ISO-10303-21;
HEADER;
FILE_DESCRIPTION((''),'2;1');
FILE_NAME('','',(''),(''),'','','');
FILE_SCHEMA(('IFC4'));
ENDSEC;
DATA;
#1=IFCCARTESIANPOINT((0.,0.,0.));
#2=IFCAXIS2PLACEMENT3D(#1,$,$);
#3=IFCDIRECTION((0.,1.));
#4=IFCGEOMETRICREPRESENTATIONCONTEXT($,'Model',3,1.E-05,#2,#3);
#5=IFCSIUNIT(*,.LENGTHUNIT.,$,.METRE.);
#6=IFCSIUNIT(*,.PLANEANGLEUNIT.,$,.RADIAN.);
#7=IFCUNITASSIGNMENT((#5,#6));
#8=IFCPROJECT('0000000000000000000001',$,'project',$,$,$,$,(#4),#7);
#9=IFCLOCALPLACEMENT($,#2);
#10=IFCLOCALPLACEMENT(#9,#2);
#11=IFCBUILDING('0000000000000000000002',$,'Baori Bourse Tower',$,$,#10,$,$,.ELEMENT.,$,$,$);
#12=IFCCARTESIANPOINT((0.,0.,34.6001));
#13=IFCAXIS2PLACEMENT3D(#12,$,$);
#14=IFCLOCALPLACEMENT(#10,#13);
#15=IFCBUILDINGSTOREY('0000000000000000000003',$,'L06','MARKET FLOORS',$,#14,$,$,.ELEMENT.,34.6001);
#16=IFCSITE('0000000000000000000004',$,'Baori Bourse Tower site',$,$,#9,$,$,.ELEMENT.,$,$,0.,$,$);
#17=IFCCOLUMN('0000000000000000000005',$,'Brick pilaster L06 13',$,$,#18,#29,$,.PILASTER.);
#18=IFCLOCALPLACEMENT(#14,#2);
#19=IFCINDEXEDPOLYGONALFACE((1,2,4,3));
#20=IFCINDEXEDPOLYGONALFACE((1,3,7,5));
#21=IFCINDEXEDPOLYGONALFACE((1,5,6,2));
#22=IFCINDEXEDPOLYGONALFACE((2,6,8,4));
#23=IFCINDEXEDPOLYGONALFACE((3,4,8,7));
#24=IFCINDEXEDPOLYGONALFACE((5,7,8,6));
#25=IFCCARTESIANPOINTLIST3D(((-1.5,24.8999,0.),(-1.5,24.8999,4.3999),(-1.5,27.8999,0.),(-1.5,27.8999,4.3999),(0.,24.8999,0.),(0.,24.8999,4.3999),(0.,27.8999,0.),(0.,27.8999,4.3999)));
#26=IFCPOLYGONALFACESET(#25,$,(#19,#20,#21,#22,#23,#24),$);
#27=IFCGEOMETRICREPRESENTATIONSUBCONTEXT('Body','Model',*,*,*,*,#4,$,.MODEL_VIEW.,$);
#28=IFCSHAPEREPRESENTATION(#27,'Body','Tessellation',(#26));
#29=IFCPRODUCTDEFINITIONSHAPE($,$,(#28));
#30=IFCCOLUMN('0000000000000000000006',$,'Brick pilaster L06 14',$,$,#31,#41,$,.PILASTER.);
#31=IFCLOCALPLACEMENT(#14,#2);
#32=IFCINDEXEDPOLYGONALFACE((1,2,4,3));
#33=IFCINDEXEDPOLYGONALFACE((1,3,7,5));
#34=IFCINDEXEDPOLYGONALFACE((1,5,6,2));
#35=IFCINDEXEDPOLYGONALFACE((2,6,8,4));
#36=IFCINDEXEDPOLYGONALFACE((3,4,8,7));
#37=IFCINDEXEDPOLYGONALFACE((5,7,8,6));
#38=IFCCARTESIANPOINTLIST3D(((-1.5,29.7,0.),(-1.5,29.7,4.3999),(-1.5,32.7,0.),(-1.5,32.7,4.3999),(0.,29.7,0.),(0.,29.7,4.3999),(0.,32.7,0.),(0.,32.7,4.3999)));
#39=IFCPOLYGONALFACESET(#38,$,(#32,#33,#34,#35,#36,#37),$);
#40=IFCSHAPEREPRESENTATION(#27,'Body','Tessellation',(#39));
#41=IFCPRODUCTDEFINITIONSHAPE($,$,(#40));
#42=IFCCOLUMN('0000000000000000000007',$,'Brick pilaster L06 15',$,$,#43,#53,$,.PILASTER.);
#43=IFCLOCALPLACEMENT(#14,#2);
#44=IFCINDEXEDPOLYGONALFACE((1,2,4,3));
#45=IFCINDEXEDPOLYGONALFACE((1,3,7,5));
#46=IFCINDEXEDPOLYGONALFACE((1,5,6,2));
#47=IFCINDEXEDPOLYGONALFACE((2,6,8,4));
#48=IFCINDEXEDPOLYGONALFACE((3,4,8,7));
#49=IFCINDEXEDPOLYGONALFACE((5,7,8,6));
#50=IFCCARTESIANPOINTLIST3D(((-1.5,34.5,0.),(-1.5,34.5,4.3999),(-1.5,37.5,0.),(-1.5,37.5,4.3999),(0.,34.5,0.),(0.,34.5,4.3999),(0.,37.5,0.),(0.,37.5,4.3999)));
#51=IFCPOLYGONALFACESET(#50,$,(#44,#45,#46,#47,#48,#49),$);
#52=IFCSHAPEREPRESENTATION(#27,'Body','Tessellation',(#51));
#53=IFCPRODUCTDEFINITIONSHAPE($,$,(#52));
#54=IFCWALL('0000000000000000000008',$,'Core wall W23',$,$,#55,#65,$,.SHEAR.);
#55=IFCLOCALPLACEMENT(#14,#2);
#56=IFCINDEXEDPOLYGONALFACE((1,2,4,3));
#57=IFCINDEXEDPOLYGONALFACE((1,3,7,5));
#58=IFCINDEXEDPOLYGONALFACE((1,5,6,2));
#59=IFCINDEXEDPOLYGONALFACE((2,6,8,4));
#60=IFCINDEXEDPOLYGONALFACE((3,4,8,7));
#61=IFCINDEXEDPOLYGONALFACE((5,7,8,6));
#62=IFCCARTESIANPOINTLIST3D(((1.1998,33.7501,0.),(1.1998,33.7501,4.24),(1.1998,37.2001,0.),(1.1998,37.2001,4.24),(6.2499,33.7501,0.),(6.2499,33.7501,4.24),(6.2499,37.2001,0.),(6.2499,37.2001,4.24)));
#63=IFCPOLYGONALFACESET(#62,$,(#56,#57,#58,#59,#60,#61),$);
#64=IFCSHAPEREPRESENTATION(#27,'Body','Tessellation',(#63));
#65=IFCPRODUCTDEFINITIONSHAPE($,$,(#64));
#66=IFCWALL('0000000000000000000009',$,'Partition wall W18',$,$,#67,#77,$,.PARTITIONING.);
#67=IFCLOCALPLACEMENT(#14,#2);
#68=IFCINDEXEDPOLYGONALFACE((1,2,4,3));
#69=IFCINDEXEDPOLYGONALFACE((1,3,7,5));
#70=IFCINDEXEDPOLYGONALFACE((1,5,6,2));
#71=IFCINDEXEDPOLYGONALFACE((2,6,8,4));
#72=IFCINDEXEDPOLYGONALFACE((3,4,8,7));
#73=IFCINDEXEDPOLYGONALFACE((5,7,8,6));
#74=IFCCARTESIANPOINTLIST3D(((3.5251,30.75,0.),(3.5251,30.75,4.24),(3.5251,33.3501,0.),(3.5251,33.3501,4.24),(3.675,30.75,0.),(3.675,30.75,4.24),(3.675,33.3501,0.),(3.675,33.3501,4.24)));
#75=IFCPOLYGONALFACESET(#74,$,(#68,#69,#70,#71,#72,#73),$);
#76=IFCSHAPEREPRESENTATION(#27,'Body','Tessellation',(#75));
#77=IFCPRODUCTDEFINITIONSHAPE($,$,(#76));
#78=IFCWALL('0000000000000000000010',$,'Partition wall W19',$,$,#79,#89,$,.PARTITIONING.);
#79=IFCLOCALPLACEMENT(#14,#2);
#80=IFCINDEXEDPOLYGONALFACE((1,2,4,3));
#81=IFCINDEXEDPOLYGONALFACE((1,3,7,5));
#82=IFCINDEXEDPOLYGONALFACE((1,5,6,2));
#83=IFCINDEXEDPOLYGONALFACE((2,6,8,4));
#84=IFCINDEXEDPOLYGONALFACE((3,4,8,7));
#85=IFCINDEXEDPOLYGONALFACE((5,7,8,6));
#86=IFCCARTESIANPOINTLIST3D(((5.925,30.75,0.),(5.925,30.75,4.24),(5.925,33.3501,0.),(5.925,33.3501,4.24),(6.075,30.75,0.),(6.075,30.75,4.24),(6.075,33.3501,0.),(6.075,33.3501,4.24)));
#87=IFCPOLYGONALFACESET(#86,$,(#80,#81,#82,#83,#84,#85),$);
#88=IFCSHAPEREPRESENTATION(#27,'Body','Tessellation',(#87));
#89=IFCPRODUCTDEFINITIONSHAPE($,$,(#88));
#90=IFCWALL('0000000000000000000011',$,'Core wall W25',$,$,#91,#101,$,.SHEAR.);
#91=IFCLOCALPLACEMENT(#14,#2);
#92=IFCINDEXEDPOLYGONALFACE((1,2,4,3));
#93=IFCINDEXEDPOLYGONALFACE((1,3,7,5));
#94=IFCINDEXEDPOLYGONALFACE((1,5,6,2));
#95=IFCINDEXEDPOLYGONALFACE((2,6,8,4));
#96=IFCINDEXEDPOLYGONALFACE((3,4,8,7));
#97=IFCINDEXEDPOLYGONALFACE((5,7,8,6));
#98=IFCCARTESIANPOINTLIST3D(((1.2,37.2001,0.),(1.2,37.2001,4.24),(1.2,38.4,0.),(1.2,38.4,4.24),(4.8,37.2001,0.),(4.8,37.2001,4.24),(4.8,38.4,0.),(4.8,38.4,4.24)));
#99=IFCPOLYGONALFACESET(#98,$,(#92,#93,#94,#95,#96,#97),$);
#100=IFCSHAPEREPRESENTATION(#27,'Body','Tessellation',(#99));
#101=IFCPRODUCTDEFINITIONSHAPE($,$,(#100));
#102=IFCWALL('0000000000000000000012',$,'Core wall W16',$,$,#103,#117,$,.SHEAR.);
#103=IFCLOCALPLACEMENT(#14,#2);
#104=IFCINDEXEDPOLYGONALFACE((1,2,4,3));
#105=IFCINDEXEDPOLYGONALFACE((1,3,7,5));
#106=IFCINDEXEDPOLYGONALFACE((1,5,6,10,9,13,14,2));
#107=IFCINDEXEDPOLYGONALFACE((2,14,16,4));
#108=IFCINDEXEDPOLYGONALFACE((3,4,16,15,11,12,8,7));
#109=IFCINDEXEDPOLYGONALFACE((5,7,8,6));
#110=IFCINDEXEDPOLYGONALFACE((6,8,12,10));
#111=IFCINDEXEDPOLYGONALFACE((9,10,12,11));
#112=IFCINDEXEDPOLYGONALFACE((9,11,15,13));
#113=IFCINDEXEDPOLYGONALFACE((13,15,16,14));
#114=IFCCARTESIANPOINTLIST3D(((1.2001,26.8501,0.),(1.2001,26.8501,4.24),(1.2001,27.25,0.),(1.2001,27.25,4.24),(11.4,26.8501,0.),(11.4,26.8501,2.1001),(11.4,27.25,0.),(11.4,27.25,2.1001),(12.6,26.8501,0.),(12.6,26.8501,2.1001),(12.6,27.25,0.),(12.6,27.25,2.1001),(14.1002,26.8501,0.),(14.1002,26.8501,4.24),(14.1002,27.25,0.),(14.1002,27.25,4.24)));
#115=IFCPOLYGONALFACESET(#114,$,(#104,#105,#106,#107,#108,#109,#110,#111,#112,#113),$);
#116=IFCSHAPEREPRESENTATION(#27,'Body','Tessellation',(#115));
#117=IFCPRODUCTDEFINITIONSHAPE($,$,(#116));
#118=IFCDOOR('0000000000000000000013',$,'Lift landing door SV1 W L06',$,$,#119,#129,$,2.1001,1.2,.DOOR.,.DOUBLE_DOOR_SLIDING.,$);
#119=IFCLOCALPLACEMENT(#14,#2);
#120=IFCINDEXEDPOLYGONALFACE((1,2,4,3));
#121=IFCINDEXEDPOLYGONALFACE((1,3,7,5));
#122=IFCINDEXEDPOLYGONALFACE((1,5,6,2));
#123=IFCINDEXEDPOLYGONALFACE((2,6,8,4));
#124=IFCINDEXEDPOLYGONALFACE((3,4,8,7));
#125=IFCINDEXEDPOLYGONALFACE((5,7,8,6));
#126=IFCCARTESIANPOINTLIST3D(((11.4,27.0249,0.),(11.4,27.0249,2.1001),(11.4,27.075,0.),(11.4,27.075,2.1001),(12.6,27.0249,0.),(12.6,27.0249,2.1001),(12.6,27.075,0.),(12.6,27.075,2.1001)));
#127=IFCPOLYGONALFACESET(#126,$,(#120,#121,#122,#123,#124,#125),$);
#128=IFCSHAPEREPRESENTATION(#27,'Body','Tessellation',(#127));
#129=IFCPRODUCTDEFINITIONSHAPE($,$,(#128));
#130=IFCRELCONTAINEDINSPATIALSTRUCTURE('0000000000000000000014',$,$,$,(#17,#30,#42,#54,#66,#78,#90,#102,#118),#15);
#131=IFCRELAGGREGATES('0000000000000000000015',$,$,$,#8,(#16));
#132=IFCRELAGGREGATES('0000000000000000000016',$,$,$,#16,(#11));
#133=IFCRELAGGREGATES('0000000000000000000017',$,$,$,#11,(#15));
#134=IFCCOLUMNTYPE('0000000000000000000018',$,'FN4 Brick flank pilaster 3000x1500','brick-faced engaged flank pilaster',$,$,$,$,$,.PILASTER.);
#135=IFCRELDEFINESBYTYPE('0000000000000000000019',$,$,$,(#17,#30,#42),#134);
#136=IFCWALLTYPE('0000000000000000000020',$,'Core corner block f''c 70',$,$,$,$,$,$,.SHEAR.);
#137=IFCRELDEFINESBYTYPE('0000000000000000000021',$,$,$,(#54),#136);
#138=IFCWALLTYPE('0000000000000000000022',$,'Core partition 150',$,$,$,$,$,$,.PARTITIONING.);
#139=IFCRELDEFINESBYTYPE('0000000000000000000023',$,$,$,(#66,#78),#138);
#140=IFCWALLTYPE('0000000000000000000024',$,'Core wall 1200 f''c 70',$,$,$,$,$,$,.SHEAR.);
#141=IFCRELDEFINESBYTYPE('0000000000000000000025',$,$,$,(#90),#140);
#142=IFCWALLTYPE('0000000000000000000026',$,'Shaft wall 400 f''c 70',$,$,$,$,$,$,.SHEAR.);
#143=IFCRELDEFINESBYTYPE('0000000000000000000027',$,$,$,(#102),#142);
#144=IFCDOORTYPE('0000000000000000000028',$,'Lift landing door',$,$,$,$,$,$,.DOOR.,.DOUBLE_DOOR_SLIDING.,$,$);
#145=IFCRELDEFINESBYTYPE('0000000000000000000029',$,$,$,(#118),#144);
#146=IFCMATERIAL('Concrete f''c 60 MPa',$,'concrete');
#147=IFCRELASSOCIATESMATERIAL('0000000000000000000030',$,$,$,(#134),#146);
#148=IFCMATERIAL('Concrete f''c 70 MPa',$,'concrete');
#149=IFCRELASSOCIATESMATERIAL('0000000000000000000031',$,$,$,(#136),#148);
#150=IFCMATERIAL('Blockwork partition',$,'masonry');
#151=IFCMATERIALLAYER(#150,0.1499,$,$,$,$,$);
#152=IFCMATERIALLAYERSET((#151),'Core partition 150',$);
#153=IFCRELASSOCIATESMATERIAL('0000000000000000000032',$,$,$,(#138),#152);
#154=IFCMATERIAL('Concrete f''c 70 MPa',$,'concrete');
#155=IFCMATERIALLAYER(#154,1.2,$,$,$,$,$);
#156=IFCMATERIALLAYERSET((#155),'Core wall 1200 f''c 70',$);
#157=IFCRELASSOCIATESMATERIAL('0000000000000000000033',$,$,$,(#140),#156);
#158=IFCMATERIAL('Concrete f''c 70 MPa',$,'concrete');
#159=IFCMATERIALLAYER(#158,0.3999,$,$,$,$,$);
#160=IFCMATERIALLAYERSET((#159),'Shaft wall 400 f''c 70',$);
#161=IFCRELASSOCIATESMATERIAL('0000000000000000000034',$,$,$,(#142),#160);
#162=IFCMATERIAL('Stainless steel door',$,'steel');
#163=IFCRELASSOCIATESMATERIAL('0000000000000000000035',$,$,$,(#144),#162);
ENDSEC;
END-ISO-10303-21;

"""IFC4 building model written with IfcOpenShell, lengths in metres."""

from ifc_helpers import new_model, si_unit, direction, frame, frame_2d, origin, origin_2d, place, context, subcontext, project, spatial, rectangle, extrude, material, layer, layer_set, material_profile, profile_set, type_object, element, fill, save


model = new_model("IFC4")

# Units and contexts
model_context = context("Model", 3, precision=1e-05, world=origin(), true_north=direction((0.0, 1.0)))
body_context = subcontext(model_context, "Body", "Model", "MODEL_VIEW")
ifc_project = project(units=[si_unit("LENGTHUNIT", "METRE"), si_unit("PLANEANGLEUNIT", "RADIAN")], contexts=[model_context])

# Site, building, storey
site_placement = place(None, origin())
site = spatial("IfcSite", under=ifc_project, at=site_placement, Name="Baori Bourse Tower site", CompositionType="ELEMENT", RefElevation=0.0)
building_placement = place(site_placement, origin())
building = spatial("IfcBuilding", under=site, at=building_placement, Name="Baori Bourse Tower", CompositionType="ELEMENT")
storey_placement = place(building_placement, frame((0.0, 0.0, 34.6001)))
storey = spatial("IfcBuildingStorey", under=building, at=storey_placement, Name="L06", Description="MARKET FLOORS", CompositionType="ELEMENT", Elevation=34.6001)

# Columns
ifc_material_1 = material(Name="Concrete f'c 60 MPa", Category="concrete")
ifc_material_profile = material_profile(ifc_material_1, rectangle(XDim=3.0, YDim=1.5, at=origin_2d()), Name="RC 3000x1500")
ifc_profile_set = profile_set([ifc_material_profile], Name="Concrete f'c 60 MPa")
column_type = type_object("IfcColumnType", Name="FN4 Brick flank pilaster 3000x1500", Description="brick-faced engaged flank pilaster", PredefinedType="PILASTER", material=ifc_profile_set)
for number, where, z_axis, x_axis, name in (
    (1, (-0.75, 26.3999, 0.0), (0.0, 0.0, 1.0), (0.0, 1.0, 0.0), "Brick pilaster L06 13"),
    (2, (-0.75, 31.2, 0.0), (0.0, 0.0, 1.0), (0.0, 1.0, 0.0), "Brick pilaster L06 14"),
    (3, (-0.75, 36.0, 0.0), (0.0, 0.0, 1.0), (0.0, 1.0, 0.0), "Brick pilaster L06 15"),
):
    element("IfcColumn", number, at=place(storey_placement, frame(where, z_axis=z_axis, x_axis=x_axis)), inside=storey, type_object=column_type, Name=name, PredefinedType="PILASTER", context=body_context, shape_type="SweptSolid", body=[
        extrude(rectangle(XDim=3.0, YDim=1.5, at=origin_2d()), origin(), (0.0, 0.0, 1.0), 4.3999),
    ])

# Walls
ifc_material_2 = material(Name="Concrete f'c 70 MPa", Category="concrete")
wall_type_1 = type_object("IfcWallType", Name="Core corner block f'c 70", PredefinedType="SHEAR", material=ifc_material_2)
wall_1_placement = place(storey_placement, frame((1.2, 35.4751, 0.0), z_axis=(0.0, 0.0, 1.0), x_axis=(1.0, 0.0, 0.0)))
element("IfcWall", 4, at=wall_1_placement, inside=storey, type_object=wall_type_1, Name="Core wall W23", PredefinedType="SHEAR", context=body_context, shape_type="SweptSolid", body=[
    extrude(rectangle(XDim=5.05, YDim=3.45, at=frame_2d((2.5249, 0.0))), origin(), (0.0, 0.0, 1.0), 4.24),
])
ifc_material_3 = material(Name="Blockwork partition", Category="masonry")
ifc_layer_1 = layer(ifc_material_3, 0.1499)
ifc_layer_set_1 = layer_set([ifc_layer_1], Name="Core partition 150")
wall_type_2 = type_object("IfcWallType", Name="Core partition 150", PredefinedType="PARTITIONING", material=ifc_layer_set_1)
for number, where, z_axis, x_axis, name in (
    (5, (3.6001, 30.75, 0.0), (0.0, 0.0, 1.0), (0.0, 1.0, 0.0), "Partition wall W18"),
    (6, (6.0, 30.75, 0.0), (0.0, 0.0, 1.0), (0.0, 1.0, 0.0), "Partition wall W19"),
):
    element("IfcWall", number, at=place(storey_placement, frame(where, z_axis=z_axis, x_axis=x_axis)), inside=storey, type_object=wall_type_2, Name=name, PredefinedType="PARTITIONING", context=body_context, shape_type="SweptSolid", body=[
        extrude(rectangle(XDim=2.6001, YDim=0.1499, at=frame_2d((1.3, 0.0))), origin(), (0.0, 0.0, 1.0), 4.24),
    ])
ifc_material_4 = material(Name="Concrete f'c 70 MPa", Category="concrete")
ifc_layer_2 = layer(ifc_material_4, 1.2)
ifc_layer_set_2 = layer_set([ifc_layer_2], Name="Core wall 1200 f'c 70")
wall_type_3 = type_object("IfcWallType", Name="Core wall 1200 f'c 70", PredefinedType="SHEAR", material=ifc_layer_set_2)
wall_2_placement = place(storey_placement, frame((1.2, 37.8, 0.0), z_axis=(0.0, 0.0, 1.0), x_axis=(1.0, 0.0, 0.0)))
element("IfcWall", 7, at=wall_2_placement, inside=storey, type_object=wall_type_3, Name="Core wall W25", PredefinedType="SHEAR", context=body_context, shape_type="SweptSolid", body=[
    extrude(rectangle(XDim=3.6001, YDim=1.2, at=frame_2d((1.8, 0.0))), origin(), (0.0, 0.0, 1.0), 4.24),
])

# Wall, opening, door
ifc_material_5 = material(Name="Concrete f'c 70 MPa", Category="concrete")
ifc_layer_3 = layer(ifc_material_5, 0.3999)
ifc_layer_set_3 = layer_set([ifc_layer_3], Name="Shaft wall 400 f'c 70")
wall_type_4 = type_object("IfcWallType", Name="Shaft wall 400 f'c 70", PredefinedType="SHEAR", material=ifc_layer_set_3)
wall_3_placement = place(storey_placement, frame((1.2, 27.05, 0.0), z_axis=(0.0, 0.0, 1.0), x_axis=(1.0, 0.0, 0.0)))
wall_3 = element("IfcWall", 8, at=wall_3_placement, inside=storey, type_object=wall_type_4, Name="Core wall W16", PredefinedType="SHEAR", context=body_context, shape_type="SweptSolid", body=[
    extrude(rectangle(XDim=12.9001, YDim=0.3999, at=frame_2d((6.4502, 0.0))), origin(), (0.0, 0.0, 1.0), 4.24),
])
opening_1_placement = place(wall_3_placement, frame((10.2, 0.0, 0.0)))
opening_1 = element("IfcOpeningElement", 9, at=opening_1_placement, cuts=wall_3, PredefinedType="OPENING", context=body_context, shape_type="SweptSolid", body=[
    extrude(rectangle(XDim=1.2, YDim=2.1001, at=frame_2d((0.6001, 1.05))), frame((0.0, 0.21, 0.0), z_axis=(0.0, -1.0, 0.0), x_axis=(1.0, 0.0, 0.0)), (0.0, 0.0, 1.0), 0.4199),
])
ifc_material_6 = material(Name="Stainless steel door", Category="steel")
door_type_1 = type_object("IfcDoorType", Name="Lift landing door", OperationType="DOUBLE_DOOR_SLIDING", PredefinedType="DOOR", material=ifc_material_6)
door_1_placement = place(opening_1_placement, origin())
door_1 = element("IfcDoor", 10, at=door_1_placement, inside=storey, type_object=door_type_1, Name="Lift landing door SV1 W L06", OperationType="DOUBLE_DOOR_SLIDING", OverallHeight=2.1001, OverallWidth=1.2, PredefinedType="DOOR", context=body_context, shape_type="SweptSolid", body=[
    extrude(rectangle(XDim=1.2, YDim=2.1001, at=frame_2d((0.6001, 1.05))), frame((0.0, 0.0249, 0.0), z_axis=(0.0, -1.0, 0.0), x_axis=(1.0, 0.0, 0.0)), (0.0, 0.0, 1.0), 0.05),
])
fill(opening_1, door_1)

save(model, "model.ifc")
